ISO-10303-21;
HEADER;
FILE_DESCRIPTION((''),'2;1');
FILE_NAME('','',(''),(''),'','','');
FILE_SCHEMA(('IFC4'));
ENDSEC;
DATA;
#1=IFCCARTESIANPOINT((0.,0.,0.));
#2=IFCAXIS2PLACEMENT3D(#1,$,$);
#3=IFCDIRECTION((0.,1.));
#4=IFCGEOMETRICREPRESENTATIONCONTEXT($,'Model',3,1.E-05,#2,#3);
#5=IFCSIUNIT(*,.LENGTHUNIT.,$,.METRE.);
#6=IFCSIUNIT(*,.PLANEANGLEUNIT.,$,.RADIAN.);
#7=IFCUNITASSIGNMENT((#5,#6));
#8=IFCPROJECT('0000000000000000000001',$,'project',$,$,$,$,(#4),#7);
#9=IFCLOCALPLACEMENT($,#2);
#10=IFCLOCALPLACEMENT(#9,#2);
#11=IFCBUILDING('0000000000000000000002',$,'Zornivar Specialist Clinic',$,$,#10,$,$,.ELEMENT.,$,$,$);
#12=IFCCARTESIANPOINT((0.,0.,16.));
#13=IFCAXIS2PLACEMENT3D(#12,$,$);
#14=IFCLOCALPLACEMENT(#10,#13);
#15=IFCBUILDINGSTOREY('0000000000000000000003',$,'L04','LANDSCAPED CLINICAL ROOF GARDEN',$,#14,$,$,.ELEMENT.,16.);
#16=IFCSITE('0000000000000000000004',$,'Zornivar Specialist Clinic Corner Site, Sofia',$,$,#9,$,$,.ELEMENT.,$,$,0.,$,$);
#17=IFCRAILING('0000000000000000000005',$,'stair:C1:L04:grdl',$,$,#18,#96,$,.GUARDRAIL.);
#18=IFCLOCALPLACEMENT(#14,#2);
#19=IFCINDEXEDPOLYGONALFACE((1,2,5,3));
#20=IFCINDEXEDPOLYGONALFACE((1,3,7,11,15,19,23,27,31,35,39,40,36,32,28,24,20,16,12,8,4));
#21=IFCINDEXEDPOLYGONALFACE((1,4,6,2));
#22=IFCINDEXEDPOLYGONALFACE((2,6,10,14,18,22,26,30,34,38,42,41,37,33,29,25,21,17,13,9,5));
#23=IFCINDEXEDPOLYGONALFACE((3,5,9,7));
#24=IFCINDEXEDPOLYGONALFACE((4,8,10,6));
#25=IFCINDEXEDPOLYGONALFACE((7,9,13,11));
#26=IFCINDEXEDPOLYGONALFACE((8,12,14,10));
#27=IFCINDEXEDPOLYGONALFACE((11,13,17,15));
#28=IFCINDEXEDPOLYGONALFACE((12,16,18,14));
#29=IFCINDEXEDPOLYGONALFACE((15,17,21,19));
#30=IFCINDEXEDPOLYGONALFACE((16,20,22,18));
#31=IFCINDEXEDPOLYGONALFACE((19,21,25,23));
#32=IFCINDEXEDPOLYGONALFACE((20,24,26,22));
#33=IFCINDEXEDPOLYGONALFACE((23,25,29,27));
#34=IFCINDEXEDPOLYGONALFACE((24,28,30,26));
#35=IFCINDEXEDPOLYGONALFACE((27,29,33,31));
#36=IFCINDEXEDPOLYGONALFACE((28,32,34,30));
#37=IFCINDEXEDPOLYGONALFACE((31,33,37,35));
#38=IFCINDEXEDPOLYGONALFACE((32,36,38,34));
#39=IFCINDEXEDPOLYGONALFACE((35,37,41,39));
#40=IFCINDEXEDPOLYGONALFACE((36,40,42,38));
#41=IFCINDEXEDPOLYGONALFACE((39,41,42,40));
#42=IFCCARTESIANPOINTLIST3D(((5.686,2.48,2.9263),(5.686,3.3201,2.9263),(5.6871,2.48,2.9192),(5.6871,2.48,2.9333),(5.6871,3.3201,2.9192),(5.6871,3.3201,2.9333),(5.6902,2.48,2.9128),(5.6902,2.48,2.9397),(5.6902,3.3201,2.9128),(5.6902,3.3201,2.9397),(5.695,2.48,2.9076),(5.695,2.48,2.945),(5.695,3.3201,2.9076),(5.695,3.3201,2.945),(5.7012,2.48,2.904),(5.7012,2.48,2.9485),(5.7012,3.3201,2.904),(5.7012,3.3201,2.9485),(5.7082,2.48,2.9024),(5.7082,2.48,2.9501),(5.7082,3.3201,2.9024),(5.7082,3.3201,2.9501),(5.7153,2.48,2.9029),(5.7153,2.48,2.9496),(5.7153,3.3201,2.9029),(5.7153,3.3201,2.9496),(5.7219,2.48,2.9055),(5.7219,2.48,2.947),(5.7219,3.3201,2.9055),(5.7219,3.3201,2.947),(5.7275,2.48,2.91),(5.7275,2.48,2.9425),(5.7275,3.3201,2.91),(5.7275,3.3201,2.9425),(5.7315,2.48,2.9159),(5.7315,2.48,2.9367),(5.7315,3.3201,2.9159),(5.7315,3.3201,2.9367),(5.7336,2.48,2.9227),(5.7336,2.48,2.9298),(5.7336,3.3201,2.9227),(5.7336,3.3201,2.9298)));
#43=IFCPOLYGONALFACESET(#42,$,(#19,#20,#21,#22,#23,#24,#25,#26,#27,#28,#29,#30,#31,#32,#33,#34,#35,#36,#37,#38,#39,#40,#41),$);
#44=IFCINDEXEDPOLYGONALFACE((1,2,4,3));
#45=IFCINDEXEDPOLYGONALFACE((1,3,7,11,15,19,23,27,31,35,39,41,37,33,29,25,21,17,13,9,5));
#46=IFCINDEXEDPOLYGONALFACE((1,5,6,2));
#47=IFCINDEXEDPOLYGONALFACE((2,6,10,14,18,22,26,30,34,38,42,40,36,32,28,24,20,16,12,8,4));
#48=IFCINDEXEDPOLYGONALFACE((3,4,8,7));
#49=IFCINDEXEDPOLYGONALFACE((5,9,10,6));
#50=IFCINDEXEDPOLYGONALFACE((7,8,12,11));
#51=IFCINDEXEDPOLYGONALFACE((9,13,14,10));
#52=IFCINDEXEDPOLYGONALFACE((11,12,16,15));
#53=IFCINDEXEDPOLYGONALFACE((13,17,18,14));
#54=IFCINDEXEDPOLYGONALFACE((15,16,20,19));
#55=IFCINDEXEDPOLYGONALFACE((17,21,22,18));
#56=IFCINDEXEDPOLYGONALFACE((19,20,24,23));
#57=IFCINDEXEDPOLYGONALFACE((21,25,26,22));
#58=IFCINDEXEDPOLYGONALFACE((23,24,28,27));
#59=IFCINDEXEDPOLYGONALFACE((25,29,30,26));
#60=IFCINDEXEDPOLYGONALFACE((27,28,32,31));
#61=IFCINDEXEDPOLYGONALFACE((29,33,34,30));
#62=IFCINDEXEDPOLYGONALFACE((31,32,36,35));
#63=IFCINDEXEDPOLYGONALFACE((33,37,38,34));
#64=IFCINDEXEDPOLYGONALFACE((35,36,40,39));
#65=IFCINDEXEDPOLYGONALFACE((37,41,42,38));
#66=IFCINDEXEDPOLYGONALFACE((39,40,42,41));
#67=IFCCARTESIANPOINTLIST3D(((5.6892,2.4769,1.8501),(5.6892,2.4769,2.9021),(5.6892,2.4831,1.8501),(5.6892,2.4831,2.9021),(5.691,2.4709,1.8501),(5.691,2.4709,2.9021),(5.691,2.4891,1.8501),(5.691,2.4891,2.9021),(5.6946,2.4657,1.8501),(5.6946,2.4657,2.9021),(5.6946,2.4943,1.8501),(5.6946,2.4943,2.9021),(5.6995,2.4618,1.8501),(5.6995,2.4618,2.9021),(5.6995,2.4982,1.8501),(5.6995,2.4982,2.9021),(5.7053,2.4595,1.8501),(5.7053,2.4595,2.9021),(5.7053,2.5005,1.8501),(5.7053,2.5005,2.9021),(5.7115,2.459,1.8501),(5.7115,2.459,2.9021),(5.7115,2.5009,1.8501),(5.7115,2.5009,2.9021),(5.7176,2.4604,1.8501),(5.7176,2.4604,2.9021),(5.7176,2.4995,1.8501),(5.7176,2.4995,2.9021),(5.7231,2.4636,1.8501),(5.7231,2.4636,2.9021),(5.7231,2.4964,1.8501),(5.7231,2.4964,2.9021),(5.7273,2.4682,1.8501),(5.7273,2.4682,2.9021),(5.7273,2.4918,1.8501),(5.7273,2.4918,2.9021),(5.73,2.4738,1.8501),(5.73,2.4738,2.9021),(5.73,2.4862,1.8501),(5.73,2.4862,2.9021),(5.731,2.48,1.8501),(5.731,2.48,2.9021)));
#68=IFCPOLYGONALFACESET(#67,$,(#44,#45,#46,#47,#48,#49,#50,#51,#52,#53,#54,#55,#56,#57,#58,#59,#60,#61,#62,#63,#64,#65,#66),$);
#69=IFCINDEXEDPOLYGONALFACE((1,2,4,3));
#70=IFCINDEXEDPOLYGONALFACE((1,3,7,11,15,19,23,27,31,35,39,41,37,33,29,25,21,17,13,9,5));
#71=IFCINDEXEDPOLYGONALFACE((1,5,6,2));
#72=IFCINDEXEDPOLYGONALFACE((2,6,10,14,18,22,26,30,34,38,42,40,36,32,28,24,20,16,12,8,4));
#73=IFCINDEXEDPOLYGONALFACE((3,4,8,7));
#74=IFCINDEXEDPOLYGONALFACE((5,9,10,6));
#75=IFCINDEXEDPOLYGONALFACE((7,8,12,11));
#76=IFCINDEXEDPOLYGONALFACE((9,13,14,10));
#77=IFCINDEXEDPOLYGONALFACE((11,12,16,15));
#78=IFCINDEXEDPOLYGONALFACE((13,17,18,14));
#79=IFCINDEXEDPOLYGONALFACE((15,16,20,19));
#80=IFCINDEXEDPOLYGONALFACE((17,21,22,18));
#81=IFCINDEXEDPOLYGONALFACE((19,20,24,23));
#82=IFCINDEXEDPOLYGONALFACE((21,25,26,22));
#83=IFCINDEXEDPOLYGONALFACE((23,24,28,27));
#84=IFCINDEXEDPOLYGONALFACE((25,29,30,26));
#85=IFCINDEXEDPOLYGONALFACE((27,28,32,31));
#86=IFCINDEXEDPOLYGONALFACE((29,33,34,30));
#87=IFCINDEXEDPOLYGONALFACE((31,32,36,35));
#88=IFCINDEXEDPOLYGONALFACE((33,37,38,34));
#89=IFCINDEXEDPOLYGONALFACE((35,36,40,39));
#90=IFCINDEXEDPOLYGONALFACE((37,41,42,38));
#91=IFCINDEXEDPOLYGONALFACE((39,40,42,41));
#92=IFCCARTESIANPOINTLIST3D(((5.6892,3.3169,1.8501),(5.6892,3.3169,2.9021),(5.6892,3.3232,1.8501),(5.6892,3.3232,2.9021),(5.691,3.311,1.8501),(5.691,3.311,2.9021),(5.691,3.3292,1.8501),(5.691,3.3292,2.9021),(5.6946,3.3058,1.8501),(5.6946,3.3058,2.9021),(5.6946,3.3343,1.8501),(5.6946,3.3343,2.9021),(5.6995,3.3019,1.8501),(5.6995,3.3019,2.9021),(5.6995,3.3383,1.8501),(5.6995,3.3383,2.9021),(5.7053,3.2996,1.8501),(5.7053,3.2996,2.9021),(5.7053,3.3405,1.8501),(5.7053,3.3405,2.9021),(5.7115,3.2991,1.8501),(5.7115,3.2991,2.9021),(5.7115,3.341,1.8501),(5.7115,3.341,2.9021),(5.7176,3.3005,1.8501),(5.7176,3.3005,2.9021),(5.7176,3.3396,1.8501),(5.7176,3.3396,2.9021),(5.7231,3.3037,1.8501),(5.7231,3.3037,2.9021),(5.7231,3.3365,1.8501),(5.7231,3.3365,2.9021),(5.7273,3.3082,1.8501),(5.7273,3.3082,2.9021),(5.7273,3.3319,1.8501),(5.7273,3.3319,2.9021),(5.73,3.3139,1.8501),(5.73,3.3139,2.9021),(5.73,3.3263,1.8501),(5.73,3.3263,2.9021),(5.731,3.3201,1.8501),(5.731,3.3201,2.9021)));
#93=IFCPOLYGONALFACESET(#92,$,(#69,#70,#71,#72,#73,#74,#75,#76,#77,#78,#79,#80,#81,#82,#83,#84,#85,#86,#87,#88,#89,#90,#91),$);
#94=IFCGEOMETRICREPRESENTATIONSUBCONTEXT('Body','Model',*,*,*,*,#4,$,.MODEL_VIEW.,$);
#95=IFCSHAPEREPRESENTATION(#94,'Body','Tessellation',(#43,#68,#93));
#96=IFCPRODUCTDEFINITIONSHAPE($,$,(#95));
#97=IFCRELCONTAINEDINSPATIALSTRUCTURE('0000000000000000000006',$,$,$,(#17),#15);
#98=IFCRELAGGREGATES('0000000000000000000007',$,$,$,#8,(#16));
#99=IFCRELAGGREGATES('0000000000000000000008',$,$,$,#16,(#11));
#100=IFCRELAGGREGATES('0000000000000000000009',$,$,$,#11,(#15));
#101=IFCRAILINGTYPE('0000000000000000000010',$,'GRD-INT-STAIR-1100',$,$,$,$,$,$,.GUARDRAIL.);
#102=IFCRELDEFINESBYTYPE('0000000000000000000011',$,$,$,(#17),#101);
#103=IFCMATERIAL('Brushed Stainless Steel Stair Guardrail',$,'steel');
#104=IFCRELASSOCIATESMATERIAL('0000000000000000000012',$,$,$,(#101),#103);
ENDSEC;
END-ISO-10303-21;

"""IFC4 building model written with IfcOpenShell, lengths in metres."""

from ifc_helpers import new_model, si_unit, direction, frame, origin, origin_2d, place, context, subcontext, project, spatial, circle, extrude, material, type_object, element, save


model = new_model("IFC4")

# Units and contexts
model_context = context("Model", 3, precision=1e-05, world=origin(), true_north=direction((0.0, 1.0)))
body_context = subcontext(model_context, "Body", "Model", "MODEL_VIEW")
ifc_project = project(units=[si_unit("LENGTHUNIT", "METRE"), si_unit("PLANEANGLEUNIT", "RADIAN")], contexts=[model_context])

# Site, building, storey
site_placement = place(None, origin())
site = spatial("IfcSite", under=ifc_project, at=site_placement, Name="Zornivar Specialist Clinic Corner Site, Sofia", CompositionType="ELEMENT", RefElevation=0.0)
building_placement = place(site_placement, origin())
building = spatial("IfcBuilding", under=site, at=building_placement, Name="Zornivar Specialist Clinic", CompositionType="ELEMENT")
storey_placement = place(building_placement, frame((0.0, 0.0, 16.0)))
storey = spatial("IfcBuildingStorey", under=building, at=storey_placement, Name="L04", Description="LANDSCAPED CLINICAL ROOF GARDEN", CompositionType="ELEMENT", Elevation=16.0)

# Railing
ifc_material_1 = material(Name="Brushed Stainless Steel Stair Guardrail", Category="steel")
railing_type_1 = type_object("IfcRailingType", Name="GRD-INT-STAIR-1100", PredefinedType="GUARDRAIL", material=ifc_material_1)
railing_1_placement = place(storey_placement, frame((5.71, 2.48, 1.8501)))
element("IfcRailing", 1, at=railing_1_placement, inside=storey, type_object=railing_type_1, Name="stair:C1:L04:grdl", PredefinedType="GUARDRAIL", context=body_context, shape_type="SweptSolid", body=[
    extrude(circle(Radius=0.0239, at=origin_2d()), frame((0.0, 0.0, 1.0762), z_axis=(0.0, 1.0, 0.0), x_axis=(-1.0, 0.0, 0.0)), (0.0, 0.0, 1.0), 0.8401),
    extrude(circle(Radius=0.021, at=origin_2d()), origin(), (0.0, 0.0, 1.0), 1.052),
    extrude(circle(Radius=0.021, at=origin_2d()), frame((0.0, 0.8401, 0.0)), (0.0, 0.0, 1.0), 1.052),
])

save(model, "model.ifc")
